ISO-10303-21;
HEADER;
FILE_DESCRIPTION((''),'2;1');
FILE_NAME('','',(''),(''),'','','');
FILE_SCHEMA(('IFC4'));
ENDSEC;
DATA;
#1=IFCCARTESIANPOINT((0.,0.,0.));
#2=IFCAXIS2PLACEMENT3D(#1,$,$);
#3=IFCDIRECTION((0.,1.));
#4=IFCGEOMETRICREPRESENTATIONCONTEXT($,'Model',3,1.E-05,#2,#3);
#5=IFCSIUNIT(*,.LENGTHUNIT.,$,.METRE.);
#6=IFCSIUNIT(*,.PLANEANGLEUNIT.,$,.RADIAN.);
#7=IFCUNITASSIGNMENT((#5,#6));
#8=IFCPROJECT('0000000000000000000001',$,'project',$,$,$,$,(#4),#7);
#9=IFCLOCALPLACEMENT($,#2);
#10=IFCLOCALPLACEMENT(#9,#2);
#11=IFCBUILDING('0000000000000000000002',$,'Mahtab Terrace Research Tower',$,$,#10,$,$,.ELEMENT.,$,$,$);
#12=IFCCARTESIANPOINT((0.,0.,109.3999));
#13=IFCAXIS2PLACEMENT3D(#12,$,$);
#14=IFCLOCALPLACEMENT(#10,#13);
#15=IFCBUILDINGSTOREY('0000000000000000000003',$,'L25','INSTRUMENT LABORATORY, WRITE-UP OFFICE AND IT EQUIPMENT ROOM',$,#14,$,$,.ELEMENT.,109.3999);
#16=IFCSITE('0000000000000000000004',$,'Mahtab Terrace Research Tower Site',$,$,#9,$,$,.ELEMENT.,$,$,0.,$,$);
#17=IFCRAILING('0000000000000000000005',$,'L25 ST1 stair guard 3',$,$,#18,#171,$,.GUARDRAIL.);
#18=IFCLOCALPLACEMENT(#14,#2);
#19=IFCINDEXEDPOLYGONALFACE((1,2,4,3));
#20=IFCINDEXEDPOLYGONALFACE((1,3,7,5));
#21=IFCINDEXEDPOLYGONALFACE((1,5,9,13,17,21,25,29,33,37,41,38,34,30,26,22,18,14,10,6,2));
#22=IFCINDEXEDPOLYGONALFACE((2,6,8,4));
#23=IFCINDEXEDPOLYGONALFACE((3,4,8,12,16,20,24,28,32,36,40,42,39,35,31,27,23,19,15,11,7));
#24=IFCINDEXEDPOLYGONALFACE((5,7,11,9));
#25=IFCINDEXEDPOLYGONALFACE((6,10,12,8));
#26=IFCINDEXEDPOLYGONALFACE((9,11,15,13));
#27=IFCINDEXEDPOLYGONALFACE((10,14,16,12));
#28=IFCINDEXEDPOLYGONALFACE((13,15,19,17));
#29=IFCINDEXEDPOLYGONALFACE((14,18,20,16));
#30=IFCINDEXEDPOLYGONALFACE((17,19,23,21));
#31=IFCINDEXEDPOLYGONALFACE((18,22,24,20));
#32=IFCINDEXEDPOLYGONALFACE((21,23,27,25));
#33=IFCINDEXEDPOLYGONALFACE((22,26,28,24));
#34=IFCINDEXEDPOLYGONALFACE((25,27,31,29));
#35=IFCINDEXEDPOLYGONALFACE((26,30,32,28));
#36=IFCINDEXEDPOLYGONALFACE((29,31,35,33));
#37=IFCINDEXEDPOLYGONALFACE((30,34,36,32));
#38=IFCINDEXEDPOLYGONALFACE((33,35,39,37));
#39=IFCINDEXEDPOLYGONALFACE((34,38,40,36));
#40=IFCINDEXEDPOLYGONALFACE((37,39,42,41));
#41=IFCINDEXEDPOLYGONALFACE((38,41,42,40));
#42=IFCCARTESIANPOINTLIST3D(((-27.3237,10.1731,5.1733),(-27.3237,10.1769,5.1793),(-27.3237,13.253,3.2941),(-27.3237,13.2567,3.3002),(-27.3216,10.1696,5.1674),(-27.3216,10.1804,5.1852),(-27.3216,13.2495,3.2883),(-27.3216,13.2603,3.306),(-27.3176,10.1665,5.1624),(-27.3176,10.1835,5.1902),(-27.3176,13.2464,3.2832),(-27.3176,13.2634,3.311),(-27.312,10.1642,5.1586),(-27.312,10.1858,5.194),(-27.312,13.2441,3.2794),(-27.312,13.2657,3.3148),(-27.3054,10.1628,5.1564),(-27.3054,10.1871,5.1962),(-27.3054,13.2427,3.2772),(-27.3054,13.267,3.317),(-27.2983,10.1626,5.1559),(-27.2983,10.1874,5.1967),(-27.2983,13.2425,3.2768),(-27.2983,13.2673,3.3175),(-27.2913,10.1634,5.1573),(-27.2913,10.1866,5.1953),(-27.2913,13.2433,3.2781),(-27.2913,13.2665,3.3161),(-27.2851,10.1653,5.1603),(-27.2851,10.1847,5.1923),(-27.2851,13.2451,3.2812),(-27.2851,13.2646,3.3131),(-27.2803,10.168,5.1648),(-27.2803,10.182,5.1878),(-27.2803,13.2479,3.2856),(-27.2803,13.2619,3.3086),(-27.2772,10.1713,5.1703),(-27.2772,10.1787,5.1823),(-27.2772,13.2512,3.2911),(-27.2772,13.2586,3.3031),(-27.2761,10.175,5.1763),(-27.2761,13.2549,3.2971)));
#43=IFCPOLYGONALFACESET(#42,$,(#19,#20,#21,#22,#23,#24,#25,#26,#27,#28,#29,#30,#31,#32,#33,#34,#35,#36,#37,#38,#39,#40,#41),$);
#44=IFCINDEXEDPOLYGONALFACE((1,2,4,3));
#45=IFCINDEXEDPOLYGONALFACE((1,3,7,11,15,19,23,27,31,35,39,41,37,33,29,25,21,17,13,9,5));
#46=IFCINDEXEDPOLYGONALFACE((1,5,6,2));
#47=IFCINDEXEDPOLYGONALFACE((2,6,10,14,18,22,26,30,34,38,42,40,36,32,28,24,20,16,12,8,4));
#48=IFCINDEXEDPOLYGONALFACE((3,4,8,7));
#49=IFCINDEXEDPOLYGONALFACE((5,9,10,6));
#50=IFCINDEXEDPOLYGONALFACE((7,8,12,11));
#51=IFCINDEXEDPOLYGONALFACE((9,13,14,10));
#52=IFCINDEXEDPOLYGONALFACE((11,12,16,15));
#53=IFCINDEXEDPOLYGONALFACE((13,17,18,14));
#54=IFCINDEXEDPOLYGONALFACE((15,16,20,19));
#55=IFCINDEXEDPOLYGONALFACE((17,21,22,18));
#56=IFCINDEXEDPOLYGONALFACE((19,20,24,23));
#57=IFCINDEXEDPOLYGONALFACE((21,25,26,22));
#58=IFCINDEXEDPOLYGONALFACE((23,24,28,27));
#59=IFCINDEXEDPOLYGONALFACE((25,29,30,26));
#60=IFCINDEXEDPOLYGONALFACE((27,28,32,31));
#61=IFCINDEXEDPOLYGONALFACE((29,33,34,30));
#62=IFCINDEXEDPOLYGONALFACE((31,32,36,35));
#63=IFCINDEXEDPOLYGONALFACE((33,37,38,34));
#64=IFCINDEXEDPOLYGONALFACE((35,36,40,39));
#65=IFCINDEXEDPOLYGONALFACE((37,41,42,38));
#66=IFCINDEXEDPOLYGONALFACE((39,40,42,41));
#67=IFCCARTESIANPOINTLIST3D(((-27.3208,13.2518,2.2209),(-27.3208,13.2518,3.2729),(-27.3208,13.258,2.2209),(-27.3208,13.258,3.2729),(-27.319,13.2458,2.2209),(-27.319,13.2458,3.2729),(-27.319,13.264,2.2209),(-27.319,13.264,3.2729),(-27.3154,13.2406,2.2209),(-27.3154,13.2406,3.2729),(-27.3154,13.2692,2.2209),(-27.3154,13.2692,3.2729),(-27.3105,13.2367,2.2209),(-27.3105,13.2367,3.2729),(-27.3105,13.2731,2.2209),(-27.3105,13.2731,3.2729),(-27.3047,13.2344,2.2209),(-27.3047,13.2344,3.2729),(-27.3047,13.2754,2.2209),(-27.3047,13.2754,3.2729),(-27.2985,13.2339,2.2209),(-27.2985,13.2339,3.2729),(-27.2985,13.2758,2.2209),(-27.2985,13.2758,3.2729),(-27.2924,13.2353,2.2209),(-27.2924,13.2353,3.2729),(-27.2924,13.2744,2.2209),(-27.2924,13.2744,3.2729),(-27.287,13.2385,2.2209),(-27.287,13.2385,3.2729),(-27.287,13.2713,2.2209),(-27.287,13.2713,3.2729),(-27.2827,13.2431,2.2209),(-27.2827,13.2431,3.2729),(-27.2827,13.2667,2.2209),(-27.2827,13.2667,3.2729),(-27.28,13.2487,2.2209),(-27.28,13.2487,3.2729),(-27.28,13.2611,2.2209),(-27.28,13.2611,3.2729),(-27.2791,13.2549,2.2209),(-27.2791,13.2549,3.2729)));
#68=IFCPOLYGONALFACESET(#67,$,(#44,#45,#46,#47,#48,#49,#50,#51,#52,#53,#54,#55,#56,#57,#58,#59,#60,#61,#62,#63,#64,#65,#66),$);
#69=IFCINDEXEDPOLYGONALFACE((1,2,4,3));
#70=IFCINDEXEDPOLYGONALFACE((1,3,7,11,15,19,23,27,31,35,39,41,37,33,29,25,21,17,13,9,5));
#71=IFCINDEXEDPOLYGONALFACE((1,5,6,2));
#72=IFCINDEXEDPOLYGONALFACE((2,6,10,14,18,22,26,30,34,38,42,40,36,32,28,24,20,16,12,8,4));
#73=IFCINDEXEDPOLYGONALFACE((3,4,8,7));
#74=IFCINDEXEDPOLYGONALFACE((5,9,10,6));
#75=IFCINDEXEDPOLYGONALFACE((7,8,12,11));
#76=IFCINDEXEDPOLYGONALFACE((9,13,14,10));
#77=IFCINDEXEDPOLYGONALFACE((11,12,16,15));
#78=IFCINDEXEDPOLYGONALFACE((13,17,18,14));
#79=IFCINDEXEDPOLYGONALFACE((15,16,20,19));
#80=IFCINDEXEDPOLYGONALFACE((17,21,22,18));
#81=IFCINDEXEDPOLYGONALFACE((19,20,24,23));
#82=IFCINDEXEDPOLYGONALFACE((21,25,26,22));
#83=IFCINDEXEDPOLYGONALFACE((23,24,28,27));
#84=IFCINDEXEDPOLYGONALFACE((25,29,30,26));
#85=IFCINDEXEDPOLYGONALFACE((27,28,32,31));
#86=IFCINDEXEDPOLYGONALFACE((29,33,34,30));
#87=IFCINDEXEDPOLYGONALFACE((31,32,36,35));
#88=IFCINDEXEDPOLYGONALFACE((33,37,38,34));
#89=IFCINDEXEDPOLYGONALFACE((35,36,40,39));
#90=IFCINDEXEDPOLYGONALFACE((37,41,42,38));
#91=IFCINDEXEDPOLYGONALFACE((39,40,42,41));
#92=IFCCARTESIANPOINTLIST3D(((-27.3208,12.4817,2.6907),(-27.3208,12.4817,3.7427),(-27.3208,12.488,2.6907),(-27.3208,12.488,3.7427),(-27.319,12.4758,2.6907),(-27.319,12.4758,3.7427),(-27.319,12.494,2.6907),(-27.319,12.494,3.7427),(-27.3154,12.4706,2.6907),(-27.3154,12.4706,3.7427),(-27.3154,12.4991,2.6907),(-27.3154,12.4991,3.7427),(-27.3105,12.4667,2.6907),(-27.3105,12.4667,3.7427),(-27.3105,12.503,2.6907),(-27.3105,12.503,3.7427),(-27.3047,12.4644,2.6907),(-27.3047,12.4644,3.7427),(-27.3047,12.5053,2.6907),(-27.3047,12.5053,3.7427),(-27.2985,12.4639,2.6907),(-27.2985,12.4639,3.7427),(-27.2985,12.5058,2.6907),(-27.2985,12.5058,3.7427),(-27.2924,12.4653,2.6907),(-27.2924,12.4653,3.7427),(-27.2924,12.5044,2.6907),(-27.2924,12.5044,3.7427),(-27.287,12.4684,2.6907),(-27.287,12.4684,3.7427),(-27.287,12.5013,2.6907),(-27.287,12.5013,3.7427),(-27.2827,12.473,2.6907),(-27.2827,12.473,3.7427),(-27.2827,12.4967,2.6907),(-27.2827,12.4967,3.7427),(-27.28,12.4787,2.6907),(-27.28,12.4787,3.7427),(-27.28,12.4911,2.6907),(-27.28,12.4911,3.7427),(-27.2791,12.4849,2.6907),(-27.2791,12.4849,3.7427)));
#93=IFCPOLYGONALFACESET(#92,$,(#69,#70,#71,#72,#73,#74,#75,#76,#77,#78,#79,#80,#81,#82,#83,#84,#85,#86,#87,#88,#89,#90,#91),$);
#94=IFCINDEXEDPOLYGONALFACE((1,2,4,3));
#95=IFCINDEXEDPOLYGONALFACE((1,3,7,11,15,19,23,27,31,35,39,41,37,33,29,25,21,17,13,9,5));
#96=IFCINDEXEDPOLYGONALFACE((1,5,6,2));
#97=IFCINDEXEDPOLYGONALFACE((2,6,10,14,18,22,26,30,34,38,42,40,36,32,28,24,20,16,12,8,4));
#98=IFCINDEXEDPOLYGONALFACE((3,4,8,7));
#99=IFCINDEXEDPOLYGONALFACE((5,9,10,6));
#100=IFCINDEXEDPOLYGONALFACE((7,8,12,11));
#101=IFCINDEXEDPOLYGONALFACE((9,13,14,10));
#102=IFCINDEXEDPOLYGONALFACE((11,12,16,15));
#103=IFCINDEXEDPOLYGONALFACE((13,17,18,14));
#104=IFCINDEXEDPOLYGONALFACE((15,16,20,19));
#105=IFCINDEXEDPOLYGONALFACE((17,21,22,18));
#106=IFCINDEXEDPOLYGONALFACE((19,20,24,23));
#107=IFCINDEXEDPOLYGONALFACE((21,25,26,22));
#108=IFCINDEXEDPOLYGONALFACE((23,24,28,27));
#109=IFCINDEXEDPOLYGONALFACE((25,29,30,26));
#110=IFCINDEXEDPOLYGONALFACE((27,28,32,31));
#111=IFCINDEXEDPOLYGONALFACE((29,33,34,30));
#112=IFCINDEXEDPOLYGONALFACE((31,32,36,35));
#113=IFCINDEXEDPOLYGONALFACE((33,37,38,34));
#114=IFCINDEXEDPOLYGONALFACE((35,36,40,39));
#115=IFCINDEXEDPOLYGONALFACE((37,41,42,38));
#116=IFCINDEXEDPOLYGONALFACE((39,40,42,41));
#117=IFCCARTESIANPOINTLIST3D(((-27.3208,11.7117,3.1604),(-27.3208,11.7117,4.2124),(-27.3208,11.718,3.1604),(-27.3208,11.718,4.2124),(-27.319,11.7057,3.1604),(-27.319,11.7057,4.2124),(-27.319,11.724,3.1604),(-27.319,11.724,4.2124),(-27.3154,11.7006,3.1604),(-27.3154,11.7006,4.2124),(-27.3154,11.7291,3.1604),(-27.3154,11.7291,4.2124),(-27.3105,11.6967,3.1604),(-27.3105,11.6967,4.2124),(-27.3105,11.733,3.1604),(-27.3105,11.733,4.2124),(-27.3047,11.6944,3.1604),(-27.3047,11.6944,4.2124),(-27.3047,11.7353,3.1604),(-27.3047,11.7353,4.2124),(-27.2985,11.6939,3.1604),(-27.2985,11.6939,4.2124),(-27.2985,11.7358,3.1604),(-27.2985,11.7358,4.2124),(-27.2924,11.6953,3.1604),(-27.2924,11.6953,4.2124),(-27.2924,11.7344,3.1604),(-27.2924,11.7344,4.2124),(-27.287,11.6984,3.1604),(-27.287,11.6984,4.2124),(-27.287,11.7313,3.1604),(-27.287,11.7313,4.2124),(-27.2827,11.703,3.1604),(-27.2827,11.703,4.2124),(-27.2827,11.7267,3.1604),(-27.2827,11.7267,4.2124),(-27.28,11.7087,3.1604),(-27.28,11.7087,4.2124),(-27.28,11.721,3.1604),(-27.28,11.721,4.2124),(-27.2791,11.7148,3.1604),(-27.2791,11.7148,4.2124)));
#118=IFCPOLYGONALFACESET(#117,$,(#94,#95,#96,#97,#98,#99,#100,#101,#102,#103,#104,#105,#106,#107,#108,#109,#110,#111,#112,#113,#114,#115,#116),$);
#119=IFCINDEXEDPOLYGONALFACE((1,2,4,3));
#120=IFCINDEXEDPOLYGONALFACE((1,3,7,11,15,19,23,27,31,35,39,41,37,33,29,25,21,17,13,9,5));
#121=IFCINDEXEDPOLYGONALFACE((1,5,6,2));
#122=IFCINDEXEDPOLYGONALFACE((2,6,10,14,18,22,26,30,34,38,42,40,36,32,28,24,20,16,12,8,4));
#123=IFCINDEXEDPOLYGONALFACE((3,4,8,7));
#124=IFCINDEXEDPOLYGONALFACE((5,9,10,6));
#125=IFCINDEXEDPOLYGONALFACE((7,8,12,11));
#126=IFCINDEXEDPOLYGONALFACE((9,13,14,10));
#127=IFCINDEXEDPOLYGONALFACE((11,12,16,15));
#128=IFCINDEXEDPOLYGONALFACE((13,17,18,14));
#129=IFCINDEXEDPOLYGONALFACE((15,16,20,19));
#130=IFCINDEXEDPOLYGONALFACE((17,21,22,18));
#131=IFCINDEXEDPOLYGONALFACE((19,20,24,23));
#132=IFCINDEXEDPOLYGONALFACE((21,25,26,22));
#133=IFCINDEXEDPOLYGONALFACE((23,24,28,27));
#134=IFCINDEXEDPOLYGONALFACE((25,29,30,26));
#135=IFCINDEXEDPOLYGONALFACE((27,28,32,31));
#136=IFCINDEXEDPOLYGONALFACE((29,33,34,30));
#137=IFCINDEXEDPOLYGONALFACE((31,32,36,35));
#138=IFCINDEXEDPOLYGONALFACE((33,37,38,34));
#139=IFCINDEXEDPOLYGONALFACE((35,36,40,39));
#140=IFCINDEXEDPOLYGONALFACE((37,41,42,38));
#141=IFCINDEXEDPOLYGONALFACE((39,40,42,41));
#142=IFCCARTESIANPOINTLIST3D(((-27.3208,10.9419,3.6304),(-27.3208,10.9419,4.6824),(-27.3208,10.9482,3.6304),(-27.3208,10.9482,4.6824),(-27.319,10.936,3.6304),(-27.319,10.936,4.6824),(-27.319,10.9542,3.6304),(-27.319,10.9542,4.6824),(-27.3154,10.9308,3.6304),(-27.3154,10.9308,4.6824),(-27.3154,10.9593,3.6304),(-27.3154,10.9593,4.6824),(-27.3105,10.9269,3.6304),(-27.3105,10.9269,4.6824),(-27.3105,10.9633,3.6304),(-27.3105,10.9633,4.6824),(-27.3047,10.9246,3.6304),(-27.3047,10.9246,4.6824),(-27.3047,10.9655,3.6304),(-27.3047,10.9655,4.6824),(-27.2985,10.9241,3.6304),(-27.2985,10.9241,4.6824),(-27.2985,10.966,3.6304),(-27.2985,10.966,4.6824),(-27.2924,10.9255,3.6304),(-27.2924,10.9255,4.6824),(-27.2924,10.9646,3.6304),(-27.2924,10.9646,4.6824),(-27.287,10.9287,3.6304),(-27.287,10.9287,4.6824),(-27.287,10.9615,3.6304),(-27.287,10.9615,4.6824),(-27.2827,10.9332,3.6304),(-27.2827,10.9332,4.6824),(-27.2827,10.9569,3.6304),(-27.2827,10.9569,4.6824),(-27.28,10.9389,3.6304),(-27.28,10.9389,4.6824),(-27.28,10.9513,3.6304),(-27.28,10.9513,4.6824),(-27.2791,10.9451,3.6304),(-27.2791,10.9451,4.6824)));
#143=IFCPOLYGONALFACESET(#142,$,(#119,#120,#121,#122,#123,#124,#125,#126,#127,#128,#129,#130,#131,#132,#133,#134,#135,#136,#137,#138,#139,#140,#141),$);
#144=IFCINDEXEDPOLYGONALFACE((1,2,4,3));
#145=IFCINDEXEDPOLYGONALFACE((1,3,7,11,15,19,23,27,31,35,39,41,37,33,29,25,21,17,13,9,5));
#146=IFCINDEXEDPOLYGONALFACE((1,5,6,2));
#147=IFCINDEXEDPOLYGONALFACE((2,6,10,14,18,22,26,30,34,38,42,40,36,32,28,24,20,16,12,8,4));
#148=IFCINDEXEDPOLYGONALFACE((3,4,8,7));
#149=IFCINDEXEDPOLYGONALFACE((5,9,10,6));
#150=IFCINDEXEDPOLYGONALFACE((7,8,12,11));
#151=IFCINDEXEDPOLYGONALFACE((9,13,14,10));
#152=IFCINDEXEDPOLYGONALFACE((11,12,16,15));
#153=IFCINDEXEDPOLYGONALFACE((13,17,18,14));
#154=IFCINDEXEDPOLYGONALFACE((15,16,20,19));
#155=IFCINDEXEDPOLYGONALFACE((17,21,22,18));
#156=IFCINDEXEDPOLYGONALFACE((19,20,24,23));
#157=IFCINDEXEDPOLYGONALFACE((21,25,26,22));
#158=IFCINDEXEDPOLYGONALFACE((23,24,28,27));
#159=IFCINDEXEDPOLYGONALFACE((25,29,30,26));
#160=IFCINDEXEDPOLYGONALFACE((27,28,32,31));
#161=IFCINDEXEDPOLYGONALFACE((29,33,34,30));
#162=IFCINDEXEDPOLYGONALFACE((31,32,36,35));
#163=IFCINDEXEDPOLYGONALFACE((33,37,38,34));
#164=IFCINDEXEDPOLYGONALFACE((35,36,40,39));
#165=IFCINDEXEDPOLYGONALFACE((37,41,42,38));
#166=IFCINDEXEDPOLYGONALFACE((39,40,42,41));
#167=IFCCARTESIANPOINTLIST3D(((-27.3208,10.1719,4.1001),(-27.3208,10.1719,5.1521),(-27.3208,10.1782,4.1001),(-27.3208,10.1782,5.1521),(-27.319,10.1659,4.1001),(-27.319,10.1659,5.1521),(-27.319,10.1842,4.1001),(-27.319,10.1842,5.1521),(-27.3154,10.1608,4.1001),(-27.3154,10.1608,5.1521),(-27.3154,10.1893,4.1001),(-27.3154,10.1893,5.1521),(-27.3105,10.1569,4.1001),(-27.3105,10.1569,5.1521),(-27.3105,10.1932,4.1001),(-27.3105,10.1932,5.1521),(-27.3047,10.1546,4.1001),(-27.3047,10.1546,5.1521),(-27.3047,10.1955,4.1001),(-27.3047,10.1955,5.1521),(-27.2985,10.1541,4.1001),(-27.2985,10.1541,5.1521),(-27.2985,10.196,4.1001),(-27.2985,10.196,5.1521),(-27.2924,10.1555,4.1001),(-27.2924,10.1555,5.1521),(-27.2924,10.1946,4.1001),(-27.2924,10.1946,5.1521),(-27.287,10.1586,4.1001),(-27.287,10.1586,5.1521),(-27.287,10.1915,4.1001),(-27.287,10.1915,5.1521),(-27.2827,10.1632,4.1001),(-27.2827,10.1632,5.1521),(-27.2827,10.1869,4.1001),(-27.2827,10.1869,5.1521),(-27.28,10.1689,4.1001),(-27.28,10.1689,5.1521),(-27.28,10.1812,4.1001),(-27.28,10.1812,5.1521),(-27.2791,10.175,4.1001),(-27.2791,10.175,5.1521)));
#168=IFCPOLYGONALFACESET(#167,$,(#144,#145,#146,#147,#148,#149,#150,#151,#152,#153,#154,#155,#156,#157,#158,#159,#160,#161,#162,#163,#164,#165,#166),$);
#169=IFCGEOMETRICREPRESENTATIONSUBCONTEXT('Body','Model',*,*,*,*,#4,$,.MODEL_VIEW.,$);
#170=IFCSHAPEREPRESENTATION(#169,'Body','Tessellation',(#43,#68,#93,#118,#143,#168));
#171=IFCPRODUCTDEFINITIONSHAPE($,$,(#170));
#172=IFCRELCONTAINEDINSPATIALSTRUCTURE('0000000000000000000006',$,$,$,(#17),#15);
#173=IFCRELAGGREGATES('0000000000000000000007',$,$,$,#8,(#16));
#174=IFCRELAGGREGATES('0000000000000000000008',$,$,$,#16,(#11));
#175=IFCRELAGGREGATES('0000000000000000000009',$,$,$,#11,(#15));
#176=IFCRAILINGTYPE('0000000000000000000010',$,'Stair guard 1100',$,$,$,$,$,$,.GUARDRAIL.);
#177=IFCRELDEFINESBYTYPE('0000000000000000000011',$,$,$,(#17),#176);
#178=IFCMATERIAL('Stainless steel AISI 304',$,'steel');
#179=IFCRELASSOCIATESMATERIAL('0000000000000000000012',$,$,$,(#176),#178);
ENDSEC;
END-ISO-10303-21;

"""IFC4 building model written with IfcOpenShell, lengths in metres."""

from ifc_helpers import new_model, si_unit, direction, frame, origin, origin_2d, place, context, subcontext, project, spatial, circle, extrude, material, type_object, element, save


model = new_model("IFC4")

# Units and contexts
model_context = context("Model", 3, precision=1e-05, world=origin(), true_north=direction((0.0, 1.0)))
body_context = subcontext(model_context, "Body", "Model", "MODEL_VIEW")
ifc_project = project(units=[si_unit("LENGTHUNIT", "METRE"), si_unit("PLANEANGLEUNIT", "RADIAN")], contexts=[model_context])

# Site, building, storey
site_placement = place(None, origin())
site = spatial("IfcSite", under=ifc_project, at=site_placement, Name="Mahtab Terrace Research Tower Site", CompositionType="ELEMENT", RefElevation=0.0)
building_placement = place(site_placement, origin())
building = spatial("IfcBuilding", under=site, at=building_placement, Name="Mahtab Terrace Research Tower", CompositionType="ELEMENT")
storey_placement = place(building_placement, frame((0.0, 0.0, 109.3999)))
storey = spatial("IfcBuildingStorey", under=building, at=storey_placement, Name="L25", Description="INSTRUMENT LABORATORY, WRITE-UP OFFICE AND IT EQUIPMENT ROOM", CompositionType="ELEMENT", Elevation=109.3999)

# Railing
ifc_material_1 = material(Name="Stainless steel AISI 304", Category="steel")
railing_type_1 = type_object("IfcRailingType", Name="Stair guard 1100", PredefinedType="GUARDRAIL", material=ifc_material_1)
railing_1_placement = place(storey_placement, frame((-27.3, 13.2549, 2.2209)))
element("IfcRailing", 1, at=railing_1_placement, inside=storey, type_object=railing_type_1, Name="L25 ST1 stair guard 3", PredefinedType="GUARDRAIL", context=body_context, shape_type="SweptSolid", body=[
    extrude(circle(Radius=0.0239, at=origin_2d()), frame((0.0, 0.0, 1.0762), z_axis=(0.0, -0.853648, 0.52085), x_axis=(1.0, 0.0, 0.0)), (0.0, 0.0, 1.0), 3.6079),
    extrude(circle(Radius=0.021, at=origin_2d()), origin(), (0.0, 0.0, 1.0), 1.052),
    extrude(circle(Radius=0.021, at=origin_2d()), frame((0.0, -0.77, 0.4697)), (0.0, 0.0, 1.0), 1.052),
    extrude(circle(Radius=0.021, at=origin_2d()), frame((0.0, -1.54, 0.9395)), (0.0, 0.0, 1.0), 1.052),
    extrude(circle(Radius=0.021, at=origin_2d()), frame((0.0, -2.3098, 1.4094)), (0.0, 0.0, 1.0), 1.052),
    extrude(circle(Radius=0.021, at=origin_2d()), frame((0.0, -3.0798, 1.8792)), (0.0, 0.0, 1.0), 1.052),
])

save(model, "model.ifc")
